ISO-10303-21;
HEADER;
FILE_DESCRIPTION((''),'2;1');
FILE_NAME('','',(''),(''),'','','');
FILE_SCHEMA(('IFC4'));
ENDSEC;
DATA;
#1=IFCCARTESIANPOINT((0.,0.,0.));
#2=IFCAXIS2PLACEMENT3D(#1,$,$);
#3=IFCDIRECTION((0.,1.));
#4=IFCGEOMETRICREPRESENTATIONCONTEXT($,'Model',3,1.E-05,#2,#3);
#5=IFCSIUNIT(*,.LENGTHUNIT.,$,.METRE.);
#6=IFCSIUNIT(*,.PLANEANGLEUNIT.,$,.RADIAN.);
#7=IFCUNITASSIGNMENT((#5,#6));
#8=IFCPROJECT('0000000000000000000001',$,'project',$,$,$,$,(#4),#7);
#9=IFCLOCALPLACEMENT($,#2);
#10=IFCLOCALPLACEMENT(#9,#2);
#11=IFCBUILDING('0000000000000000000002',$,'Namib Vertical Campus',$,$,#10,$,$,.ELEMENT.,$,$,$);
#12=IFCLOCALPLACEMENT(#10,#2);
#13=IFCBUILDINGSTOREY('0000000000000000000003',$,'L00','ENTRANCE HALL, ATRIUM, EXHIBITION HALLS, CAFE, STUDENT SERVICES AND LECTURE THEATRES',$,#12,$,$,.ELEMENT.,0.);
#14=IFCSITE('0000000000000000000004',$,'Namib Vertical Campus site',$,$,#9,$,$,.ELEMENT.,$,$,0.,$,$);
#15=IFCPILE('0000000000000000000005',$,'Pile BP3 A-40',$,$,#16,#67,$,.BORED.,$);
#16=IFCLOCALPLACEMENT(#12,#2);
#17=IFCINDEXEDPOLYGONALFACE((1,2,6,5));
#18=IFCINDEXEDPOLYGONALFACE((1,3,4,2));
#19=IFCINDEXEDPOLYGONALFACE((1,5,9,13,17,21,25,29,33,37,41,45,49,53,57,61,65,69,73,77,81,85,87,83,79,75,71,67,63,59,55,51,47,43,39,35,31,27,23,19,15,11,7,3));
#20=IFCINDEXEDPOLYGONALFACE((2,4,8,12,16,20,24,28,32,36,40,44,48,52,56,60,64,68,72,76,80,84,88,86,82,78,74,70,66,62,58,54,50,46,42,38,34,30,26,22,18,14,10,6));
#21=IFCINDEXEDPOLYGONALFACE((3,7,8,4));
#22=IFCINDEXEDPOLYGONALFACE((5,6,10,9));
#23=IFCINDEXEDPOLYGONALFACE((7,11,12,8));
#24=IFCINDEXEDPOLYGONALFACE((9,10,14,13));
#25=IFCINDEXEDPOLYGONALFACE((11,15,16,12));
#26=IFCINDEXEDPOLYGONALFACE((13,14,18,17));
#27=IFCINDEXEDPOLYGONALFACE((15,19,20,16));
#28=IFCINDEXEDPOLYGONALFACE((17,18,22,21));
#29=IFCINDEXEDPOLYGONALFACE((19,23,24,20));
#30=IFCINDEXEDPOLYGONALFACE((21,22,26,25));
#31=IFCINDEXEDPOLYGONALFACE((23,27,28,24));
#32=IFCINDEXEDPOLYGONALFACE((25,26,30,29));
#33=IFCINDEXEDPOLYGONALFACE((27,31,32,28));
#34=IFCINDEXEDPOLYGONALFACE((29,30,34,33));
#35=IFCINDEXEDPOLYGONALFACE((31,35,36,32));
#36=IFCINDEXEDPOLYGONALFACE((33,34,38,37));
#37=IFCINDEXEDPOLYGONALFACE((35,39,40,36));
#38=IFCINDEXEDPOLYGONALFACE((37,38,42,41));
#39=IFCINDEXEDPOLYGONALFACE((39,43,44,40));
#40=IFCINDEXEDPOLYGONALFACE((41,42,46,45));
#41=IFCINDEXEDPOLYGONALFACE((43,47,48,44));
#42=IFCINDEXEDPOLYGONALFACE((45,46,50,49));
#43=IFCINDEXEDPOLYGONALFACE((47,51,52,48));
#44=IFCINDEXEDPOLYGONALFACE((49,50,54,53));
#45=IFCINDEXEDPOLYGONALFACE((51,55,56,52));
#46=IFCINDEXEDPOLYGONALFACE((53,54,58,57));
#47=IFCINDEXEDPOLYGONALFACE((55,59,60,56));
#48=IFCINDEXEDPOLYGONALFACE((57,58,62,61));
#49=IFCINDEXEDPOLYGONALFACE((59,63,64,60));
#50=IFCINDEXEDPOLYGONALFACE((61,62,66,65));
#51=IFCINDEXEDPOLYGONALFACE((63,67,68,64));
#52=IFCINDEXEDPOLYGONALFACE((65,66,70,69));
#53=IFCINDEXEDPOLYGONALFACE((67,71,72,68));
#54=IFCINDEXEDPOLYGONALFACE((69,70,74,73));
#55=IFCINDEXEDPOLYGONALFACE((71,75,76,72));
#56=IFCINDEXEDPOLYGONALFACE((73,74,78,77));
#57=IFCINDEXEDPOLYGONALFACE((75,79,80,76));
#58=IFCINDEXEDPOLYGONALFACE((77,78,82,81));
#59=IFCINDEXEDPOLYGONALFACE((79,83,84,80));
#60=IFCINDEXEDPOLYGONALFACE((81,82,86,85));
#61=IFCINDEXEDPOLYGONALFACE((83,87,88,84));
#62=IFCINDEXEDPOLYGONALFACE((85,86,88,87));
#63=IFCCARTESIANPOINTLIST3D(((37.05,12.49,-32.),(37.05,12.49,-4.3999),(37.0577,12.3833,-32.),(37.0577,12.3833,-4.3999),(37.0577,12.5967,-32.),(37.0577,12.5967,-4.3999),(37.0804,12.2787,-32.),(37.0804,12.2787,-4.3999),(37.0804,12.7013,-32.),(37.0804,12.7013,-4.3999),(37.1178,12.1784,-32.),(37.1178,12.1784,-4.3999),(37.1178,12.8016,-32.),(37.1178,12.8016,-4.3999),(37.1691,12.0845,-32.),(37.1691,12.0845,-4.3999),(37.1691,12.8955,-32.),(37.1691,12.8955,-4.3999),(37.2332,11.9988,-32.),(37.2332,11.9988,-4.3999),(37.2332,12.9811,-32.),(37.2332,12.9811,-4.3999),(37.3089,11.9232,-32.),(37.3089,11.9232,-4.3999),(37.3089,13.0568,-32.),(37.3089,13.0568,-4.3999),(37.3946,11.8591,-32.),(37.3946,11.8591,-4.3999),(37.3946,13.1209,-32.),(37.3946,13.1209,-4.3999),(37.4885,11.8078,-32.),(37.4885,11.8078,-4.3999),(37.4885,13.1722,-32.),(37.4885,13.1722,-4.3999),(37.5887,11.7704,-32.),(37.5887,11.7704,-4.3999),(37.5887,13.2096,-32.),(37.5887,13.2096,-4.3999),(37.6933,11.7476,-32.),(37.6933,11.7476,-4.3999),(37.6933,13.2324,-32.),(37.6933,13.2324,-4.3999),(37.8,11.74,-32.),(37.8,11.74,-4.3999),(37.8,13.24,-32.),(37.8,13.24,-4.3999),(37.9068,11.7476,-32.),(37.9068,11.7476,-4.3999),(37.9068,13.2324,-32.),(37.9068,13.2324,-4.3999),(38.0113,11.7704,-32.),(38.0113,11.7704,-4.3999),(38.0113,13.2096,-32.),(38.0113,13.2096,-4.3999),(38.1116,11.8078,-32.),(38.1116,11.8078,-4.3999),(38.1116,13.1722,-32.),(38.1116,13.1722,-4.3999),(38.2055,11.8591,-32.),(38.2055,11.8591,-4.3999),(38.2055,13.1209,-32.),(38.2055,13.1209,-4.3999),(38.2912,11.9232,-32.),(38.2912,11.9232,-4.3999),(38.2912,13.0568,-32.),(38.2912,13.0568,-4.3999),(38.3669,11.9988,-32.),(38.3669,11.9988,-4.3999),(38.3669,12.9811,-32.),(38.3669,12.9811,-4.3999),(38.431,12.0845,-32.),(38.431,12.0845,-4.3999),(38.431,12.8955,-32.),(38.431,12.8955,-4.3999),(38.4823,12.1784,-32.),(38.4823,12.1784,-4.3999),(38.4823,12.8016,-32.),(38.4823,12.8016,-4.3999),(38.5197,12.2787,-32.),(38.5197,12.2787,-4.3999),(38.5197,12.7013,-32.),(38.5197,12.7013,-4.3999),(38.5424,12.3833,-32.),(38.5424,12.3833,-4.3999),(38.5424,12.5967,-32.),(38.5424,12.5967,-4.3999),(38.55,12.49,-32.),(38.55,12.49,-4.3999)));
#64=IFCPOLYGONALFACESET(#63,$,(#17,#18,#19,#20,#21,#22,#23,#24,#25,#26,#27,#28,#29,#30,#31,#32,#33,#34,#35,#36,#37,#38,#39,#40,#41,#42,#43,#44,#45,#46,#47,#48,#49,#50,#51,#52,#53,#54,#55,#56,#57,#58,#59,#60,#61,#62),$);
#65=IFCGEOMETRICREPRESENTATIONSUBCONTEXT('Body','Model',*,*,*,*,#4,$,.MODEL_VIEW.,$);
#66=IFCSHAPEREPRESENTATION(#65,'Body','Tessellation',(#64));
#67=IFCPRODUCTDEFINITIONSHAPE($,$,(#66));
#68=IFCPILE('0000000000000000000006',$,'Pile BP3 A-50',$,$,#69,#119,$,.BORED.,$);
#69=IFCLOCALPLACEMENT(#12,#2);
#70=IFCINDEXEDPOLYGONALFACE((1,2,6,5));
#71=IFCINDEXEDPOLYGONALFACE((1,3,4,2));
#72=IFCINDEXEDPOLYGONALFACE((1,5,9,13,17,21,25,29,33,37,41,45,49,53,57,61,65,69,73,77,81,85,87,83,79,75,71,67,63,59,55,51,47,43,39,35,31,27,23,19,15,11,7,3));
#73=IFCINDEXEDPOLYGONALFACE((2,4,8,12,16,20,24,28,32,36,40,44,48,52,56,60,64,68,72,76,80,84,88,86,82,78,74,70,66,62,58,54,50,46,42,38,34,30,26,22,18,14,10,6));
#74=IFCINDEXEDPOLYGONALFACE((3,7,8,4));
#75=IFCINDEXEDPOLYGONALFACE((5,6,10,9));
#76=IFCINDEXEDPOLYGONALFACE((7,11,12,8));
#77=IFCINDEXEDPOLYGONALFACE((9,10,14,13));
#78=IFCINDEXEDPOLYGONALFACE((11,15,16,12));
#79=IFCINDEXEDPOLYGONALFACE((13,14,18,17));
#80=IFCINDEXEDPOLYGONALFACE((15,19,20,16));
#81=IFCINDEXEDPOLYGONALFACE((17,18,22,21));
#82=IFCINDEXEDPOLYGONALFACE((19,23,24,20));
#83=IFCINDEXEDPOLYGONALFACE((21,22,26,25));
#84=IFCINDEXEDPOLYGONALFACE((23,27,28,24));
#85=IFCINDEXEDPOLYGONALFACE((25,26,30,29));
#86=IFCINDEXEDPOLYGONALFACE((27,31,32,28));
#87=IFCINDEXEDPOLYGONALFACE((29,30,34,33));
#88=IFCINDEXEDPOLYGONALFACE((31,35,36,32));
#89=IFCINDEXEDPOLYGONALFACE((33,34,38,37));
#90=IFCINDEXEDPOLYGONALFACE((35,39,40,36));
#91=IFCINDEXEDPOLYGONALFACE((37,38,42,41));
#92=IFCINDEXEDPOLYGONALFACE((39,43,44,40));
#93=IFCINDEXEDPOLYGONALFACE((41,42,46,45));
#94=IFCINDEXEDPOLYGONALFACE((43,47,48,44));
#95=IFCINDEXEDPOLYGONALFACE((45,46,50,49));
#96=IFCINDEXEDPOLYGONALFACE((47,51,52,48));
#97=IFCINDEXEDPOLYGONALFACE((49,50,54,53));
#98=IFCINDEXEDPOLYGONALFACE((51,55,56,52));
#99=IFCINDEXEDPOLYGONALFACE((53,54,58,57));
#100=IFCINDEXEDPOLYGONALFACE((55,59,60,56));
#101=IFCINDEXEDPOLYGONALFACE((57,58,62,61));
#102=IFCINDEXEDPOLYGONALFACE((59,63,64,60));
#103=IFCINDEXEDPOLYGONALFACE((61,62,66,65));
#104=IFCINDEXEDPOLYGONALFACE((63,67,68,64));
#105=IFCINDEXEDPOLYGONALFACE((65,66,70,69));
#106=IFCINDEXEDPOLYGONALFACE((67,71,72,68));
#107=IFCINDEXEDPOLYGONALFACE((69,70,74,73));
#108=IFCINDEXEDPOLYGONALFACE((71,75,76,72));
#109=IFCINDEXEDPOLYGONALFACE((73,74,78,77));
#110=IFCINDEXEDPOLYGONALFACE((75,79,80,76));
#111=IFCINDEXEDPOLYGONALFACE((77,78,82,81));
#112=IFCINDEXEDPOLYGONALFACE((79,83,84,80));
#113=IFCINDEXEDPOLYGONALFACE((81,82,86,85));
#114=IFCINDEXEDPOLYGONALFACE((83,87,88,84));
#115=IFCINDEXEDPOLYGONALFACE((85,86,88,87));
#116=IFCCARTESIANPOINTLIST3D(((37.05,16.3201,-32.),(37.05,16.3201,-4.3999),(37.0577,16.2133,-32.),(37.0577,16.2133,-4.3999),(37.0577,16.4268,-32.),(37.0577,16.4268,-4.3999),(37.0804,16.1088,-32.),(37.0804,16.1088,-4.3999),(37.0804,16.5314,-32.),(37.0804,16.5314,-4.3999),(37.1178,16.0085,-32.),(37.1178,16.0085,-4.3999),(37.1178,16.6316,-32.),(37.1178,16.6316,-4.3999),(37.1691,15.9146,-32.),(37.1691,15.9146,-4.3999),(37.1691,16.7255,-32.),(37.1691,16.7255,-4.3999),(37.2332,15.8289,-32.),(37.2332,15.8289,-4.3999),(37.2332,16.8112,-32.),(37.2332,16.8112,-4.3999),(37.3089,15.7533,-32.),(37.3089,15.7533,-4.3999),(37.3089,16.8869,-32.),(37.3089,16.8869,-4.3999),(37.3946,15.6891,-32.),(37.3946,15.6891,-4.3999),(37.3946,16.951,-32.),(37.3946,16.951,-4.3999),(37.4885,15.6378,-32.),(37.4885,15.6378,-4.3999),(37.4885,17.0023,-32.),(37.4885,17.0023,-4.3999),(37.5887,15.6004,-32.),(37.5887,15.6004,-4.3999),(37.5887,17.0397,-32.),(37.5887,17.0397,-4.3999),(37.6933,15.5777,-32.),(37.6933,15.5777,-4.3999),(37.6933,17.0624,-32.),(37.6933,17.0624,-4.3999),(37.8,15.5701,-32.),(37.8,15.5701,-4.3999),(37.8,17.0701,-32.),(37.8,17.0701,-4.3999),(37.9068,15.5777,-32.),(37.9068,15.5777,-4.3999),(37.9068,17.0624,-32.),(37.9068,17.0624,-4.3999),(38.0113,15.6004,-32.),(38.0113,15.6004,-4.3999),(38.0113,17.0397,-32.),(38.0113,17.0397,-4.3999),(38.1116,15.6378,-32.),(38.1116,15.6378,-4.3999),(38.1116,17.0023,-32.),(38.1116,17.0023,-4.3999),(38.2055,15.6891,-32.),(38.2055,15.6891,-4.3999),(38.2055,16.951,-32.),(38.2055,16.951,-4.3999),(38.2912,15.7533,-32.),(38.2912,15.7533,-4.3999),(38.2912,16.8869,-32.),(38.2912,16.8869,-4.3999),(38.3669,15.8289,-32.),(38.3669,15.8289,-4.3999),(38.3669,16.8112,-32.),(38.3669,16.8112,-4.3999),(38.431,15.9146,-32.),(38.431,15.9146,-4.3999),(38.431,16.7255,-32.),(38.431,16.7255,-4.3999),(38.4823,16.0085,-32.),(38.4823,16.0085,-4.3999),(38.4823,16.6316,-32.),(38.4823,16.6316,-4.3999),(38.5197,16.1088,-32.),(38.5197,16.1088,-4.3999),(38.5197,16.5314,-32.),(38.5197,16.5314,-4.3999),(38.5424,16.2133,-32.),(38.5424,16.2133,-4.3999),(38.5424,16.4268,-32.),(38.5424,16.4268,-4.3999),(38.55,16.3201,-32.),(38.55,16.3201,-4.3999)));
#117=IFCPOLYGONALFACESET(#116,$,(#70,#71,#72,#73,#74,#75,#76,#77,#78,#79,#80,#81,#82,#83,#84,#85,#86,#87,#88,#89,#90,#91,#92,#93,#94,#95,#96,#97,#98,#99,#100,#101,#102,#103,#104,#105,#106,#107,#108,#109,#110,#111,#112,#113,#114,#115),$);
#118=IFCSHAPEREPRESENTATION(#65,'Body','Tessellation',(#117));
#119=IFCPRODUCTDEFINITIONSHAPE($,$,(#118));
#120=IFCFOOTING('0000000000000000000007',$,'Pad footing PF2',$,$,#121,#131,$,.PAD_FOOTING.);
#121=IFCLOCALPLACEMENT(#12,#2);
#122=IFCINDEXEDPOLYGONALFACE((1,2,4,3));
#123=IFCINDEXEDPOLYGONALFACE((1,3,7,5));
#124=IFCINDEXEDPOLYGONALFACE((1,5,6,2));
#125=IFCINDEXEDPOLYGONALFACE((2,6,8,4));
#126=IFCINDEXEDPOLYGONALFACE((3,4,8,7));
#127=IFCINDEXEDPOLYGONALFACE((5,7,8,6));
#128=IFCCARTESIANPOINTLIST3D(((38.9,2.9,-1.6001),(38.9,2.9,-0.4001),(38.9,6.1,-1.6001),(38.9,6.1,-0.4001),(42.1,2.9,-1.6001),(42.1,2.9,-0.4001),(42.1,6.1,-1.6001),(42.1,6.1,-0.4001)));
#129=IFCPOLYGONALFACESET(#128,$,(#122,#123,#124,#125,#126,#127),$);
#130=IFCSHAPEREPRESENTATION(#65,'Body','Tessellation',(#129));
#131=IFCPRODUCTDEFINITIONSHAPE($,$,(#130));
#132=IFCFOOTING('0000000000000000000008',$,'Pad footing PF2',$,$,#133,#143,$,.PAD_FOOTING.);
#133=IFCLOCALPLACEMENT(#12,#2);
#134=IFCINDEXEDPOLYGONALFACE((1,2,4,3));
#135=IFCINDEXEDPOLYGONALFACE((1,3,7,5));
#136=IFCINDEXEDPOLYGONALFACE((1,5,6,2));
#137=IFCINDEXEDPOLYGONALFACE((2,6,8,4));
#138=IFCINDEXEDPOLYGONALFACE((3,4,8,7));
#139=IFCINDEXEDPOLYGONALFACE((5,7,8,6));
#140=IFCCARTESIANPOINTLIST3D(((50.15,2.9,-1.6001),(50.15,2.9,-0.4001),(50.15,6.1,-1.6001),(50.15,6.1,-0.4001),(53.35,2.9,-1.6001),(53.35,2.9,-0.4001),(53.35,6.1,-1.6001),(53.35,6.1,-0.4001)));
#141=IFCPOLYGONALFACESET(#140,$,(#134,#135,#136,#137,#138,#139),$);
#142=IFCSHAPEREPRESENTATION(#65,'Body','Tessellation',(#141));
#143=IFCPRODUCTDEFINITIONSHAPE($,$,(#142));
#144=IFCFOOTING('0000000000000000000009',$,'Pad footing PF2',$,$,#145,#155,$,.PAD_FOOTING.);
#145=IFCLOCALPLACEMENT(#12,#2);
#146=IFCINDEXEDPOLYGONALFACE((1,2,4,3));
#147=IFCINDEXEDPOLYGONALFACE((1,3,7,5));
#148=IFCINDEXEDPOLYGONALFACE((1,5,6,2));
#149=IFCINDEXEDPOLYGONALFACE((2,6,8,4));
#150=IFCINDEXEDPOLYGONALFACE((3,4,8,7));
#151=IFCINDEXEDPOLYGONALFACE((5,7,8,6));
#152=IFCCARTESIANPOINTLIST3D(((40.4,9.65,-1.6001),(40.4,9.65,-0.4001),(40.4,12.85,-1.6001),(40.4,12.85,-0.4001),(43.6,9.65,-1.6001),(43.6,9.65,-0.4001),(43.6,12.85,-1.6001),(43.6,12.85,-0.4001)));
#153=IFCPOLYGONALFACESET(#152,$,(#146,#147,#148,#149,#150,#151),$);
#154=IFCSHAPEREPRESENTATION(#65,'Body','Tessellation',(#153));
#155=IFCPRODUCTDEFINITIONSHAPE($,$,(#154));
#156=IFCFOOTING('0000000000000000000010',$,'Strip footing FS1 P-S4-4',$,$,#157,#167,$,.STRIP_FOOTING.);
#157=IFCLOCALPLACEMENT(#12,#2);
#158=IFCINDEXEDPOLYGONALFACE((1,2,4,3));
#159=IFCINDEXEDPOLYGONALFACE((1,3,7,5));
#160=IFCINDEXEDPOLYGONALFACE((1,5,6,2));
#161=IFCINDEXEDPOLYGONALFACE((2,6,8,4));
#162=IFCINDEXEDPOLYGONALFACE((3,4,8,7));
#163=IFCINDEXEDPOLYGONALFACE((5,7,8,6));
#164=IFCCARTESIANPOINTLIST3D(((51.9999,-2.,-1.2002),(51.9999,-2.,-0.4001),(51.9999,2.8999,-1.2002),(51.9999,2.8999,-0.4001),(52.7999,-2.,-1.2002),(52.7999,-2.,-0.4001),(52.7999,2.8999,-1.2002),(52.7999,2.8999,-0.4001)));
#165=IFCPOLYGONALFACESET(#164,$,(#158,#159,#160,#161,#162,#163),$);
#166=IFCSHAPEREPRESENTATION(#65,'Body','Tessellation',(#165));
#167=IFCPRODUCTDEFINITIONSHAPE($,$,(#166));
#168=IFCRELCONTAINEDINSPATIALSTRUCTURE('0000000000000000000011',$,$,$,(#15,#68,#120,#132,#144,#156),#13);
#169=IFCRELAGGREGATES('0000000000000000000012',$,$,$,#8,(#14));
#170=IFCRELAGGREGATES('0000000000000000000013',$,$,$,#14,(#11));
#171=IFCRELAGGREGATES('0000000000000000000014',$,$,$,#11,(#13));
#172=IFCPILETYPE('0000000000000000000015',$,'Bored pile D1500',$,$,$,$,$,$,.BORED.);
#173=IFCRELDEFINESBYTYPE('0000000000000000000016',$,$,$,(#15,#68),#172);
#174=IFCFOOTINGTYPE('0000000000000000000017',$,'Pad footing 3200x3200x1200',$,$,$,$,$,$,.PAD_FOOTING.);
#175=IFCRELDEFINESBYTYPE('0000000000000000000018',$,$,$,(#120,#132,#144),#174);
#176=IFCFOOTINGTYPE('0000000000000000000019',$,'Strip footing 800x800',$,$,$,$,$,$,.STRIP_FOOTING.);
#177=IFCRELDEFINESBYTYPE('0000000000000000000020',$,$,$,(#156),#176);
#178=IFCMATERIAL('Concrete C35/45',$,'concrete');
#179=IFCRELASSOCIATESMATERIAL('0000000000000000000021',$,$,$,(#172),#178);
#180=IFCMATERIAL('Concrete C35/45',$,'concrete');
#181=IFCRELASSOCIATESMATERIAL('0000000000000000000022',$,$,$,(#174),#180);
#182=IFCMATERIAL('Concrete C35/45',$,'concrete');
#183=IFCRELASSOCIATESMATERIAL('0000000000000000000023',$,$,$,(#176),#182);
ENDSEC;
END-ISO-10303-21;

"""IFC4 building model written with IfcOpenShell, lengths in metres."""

from ifc_helpers import new_model, si_unit, direction, frame, origin, origin_2d, place, context, subcontext, project, spatial, rectangle, circle, extrude, material, material_profile, profile_set, type_object, element, save


model = new_model("IFC4")

# Units and contexts
model_context = context("Model", 3, precision=1e-05, world=origin(), true_north=direction((0.0, 1.0)))
body_context = subcontext(model_context, "Body", "Model", "MODEL_VIEW")
ifc_project = project(units=[si_unit("LENGTHUNIT", "METRE"), si_unit("PLANEANGLEUNIT", "RADIAN")], contexts=[model_context])

# Site, building, storey
site_placement = place(None, origin())
site = spatial("IfcSite", under=ifc_project, at=site_placement, Name="Namib Vertical Campus site", CompositionType="ELEMENT", RefElevation=0.0)
building_placement = place(site_placement, origin())
building = spatial("IfcBuilding", under=site, at=building_placement, Name="Namib Vertical Campus", CompositionType="ELEMENT")
storey_placement = place(building_placement, origin())
storey = spatial("IfcBuildingStorey", under=building, at=storey_placement, Name="L00", Description="ENTRANCE HALL, ATRIUM, EXHIBITION HALLS, CAFE, STUDENT SERVICES AND LECTURE THEATRES", CompositionType="ELEMENT", Elevation=0.0)

# Piles
ifc_material_1 = material(Name="Concrete C35/45", Category="concrete")
ifc_material_profile_1 = material_profile(ifc_material_1, circle(Radius=0.75, at=origin_2d()))
ifc_profile_set_1 = profile_set([ifc_material_profile_1], Name="Concrete C35/45")
pile_type = type_object("IfcPileType", Name="Bored pile D1500", PredefinedType="BORED", material=ifc_profile_set_1)
for number, where, z_axis, x_axis, name in (
    (1, (37.8, 12.49, -4.3999), (0.0, 0.0, -1.0), (1.0, 0.0, 0.0), "Pile BP3 A-40"),
    (2, (37.8, 16.3201, -4.3999), (0.0, 0.0, -1.0), (1.0, 0.0, 0.0), "Pile BP3 A-50"),
):
    element("IfcPile", number, at=place(storey_placement, frame(where, z_axis=z_axis, x_axis=x_axis)), inside=storey, type_object=pile_type, Name=name, PredefinedType="BORED", context=body_context, shape_type="SweptSolid", body=[
        extrude(circle(Radius=0.75, at=origin_2d()), origin(), (0.0, 0.0, 1.0), 27.6001),
    ])

# Footings
ifc_material_2 = material(Name="Concrete C35/45", Category="concrete")
footing_type_1 = type_object("IfcFootingType", Name="Pad footing 3200x3200x1200", PredefinedType="PAD_FOOTING", material=ifc_material_2)
for number, where, z_axis, x_axis, name in (
    (3, (40.5, 4.5, -1.6001), (0.0, 0.0, 1.0), (1.0, 0.0, 0.0), "Pad footing PF2"),
    (4, (51.75, 4.5, -1.6001), (0.0, 0.0, 1.0), (1.0, 0.0, 0.0), "Pad footing PF2"),
    (5, (42.0, 11.25, -1.6001), (0.0, 0.0, 1.0), (1.0, 0.0, 0.0), "Pad footing PF2"),
):
    element("IfcFooting", number, at=place(storey_placement, frame(where, z_axis=z_axis, x_axis=x_axis)), inside=storey, type_object=footing_type_1, Name=name, PredefinedType="PAD_FOOTING", context=body_context, shape_type="SweptSolid", body=[
        extrude(rectangle(XDim=3.2, YDim=3.2, at=origin_2d()), origin(), (0.0, 0.0, 1.0), 1.2),
    ])
ifc_material_3 = material(Name="Concrete C35/45", Category="concrete")
footing_type_2 = type_object("IfcFootingType", Name="Strip footing 800x800", PredefinedType="STRIP_FOOTING", material=ifc_material_3)
footing_placement = place(storey_placement, frame((52.3999, 0.45, -1.2002), z_axis=(0.0, 0.0, 1.0), x_axis=(1.0, 0.0, 0.0)))
element("IfcFooting", 6, at=footing_placement, inside=storey, type_object=footing_type_2, Name="Strip footing FS1 P-S4-4", PredefinedType="STRIP_FOOTING", context=body_context, shape_type="SweptSolid", body=[
    extrude(rectangle(XDim=0.8, YDim=4.8999, at=origin_2d()), origin(), (0.0, 0.0, 1.0), 0.8),
])

save(model, "model.ifc")
